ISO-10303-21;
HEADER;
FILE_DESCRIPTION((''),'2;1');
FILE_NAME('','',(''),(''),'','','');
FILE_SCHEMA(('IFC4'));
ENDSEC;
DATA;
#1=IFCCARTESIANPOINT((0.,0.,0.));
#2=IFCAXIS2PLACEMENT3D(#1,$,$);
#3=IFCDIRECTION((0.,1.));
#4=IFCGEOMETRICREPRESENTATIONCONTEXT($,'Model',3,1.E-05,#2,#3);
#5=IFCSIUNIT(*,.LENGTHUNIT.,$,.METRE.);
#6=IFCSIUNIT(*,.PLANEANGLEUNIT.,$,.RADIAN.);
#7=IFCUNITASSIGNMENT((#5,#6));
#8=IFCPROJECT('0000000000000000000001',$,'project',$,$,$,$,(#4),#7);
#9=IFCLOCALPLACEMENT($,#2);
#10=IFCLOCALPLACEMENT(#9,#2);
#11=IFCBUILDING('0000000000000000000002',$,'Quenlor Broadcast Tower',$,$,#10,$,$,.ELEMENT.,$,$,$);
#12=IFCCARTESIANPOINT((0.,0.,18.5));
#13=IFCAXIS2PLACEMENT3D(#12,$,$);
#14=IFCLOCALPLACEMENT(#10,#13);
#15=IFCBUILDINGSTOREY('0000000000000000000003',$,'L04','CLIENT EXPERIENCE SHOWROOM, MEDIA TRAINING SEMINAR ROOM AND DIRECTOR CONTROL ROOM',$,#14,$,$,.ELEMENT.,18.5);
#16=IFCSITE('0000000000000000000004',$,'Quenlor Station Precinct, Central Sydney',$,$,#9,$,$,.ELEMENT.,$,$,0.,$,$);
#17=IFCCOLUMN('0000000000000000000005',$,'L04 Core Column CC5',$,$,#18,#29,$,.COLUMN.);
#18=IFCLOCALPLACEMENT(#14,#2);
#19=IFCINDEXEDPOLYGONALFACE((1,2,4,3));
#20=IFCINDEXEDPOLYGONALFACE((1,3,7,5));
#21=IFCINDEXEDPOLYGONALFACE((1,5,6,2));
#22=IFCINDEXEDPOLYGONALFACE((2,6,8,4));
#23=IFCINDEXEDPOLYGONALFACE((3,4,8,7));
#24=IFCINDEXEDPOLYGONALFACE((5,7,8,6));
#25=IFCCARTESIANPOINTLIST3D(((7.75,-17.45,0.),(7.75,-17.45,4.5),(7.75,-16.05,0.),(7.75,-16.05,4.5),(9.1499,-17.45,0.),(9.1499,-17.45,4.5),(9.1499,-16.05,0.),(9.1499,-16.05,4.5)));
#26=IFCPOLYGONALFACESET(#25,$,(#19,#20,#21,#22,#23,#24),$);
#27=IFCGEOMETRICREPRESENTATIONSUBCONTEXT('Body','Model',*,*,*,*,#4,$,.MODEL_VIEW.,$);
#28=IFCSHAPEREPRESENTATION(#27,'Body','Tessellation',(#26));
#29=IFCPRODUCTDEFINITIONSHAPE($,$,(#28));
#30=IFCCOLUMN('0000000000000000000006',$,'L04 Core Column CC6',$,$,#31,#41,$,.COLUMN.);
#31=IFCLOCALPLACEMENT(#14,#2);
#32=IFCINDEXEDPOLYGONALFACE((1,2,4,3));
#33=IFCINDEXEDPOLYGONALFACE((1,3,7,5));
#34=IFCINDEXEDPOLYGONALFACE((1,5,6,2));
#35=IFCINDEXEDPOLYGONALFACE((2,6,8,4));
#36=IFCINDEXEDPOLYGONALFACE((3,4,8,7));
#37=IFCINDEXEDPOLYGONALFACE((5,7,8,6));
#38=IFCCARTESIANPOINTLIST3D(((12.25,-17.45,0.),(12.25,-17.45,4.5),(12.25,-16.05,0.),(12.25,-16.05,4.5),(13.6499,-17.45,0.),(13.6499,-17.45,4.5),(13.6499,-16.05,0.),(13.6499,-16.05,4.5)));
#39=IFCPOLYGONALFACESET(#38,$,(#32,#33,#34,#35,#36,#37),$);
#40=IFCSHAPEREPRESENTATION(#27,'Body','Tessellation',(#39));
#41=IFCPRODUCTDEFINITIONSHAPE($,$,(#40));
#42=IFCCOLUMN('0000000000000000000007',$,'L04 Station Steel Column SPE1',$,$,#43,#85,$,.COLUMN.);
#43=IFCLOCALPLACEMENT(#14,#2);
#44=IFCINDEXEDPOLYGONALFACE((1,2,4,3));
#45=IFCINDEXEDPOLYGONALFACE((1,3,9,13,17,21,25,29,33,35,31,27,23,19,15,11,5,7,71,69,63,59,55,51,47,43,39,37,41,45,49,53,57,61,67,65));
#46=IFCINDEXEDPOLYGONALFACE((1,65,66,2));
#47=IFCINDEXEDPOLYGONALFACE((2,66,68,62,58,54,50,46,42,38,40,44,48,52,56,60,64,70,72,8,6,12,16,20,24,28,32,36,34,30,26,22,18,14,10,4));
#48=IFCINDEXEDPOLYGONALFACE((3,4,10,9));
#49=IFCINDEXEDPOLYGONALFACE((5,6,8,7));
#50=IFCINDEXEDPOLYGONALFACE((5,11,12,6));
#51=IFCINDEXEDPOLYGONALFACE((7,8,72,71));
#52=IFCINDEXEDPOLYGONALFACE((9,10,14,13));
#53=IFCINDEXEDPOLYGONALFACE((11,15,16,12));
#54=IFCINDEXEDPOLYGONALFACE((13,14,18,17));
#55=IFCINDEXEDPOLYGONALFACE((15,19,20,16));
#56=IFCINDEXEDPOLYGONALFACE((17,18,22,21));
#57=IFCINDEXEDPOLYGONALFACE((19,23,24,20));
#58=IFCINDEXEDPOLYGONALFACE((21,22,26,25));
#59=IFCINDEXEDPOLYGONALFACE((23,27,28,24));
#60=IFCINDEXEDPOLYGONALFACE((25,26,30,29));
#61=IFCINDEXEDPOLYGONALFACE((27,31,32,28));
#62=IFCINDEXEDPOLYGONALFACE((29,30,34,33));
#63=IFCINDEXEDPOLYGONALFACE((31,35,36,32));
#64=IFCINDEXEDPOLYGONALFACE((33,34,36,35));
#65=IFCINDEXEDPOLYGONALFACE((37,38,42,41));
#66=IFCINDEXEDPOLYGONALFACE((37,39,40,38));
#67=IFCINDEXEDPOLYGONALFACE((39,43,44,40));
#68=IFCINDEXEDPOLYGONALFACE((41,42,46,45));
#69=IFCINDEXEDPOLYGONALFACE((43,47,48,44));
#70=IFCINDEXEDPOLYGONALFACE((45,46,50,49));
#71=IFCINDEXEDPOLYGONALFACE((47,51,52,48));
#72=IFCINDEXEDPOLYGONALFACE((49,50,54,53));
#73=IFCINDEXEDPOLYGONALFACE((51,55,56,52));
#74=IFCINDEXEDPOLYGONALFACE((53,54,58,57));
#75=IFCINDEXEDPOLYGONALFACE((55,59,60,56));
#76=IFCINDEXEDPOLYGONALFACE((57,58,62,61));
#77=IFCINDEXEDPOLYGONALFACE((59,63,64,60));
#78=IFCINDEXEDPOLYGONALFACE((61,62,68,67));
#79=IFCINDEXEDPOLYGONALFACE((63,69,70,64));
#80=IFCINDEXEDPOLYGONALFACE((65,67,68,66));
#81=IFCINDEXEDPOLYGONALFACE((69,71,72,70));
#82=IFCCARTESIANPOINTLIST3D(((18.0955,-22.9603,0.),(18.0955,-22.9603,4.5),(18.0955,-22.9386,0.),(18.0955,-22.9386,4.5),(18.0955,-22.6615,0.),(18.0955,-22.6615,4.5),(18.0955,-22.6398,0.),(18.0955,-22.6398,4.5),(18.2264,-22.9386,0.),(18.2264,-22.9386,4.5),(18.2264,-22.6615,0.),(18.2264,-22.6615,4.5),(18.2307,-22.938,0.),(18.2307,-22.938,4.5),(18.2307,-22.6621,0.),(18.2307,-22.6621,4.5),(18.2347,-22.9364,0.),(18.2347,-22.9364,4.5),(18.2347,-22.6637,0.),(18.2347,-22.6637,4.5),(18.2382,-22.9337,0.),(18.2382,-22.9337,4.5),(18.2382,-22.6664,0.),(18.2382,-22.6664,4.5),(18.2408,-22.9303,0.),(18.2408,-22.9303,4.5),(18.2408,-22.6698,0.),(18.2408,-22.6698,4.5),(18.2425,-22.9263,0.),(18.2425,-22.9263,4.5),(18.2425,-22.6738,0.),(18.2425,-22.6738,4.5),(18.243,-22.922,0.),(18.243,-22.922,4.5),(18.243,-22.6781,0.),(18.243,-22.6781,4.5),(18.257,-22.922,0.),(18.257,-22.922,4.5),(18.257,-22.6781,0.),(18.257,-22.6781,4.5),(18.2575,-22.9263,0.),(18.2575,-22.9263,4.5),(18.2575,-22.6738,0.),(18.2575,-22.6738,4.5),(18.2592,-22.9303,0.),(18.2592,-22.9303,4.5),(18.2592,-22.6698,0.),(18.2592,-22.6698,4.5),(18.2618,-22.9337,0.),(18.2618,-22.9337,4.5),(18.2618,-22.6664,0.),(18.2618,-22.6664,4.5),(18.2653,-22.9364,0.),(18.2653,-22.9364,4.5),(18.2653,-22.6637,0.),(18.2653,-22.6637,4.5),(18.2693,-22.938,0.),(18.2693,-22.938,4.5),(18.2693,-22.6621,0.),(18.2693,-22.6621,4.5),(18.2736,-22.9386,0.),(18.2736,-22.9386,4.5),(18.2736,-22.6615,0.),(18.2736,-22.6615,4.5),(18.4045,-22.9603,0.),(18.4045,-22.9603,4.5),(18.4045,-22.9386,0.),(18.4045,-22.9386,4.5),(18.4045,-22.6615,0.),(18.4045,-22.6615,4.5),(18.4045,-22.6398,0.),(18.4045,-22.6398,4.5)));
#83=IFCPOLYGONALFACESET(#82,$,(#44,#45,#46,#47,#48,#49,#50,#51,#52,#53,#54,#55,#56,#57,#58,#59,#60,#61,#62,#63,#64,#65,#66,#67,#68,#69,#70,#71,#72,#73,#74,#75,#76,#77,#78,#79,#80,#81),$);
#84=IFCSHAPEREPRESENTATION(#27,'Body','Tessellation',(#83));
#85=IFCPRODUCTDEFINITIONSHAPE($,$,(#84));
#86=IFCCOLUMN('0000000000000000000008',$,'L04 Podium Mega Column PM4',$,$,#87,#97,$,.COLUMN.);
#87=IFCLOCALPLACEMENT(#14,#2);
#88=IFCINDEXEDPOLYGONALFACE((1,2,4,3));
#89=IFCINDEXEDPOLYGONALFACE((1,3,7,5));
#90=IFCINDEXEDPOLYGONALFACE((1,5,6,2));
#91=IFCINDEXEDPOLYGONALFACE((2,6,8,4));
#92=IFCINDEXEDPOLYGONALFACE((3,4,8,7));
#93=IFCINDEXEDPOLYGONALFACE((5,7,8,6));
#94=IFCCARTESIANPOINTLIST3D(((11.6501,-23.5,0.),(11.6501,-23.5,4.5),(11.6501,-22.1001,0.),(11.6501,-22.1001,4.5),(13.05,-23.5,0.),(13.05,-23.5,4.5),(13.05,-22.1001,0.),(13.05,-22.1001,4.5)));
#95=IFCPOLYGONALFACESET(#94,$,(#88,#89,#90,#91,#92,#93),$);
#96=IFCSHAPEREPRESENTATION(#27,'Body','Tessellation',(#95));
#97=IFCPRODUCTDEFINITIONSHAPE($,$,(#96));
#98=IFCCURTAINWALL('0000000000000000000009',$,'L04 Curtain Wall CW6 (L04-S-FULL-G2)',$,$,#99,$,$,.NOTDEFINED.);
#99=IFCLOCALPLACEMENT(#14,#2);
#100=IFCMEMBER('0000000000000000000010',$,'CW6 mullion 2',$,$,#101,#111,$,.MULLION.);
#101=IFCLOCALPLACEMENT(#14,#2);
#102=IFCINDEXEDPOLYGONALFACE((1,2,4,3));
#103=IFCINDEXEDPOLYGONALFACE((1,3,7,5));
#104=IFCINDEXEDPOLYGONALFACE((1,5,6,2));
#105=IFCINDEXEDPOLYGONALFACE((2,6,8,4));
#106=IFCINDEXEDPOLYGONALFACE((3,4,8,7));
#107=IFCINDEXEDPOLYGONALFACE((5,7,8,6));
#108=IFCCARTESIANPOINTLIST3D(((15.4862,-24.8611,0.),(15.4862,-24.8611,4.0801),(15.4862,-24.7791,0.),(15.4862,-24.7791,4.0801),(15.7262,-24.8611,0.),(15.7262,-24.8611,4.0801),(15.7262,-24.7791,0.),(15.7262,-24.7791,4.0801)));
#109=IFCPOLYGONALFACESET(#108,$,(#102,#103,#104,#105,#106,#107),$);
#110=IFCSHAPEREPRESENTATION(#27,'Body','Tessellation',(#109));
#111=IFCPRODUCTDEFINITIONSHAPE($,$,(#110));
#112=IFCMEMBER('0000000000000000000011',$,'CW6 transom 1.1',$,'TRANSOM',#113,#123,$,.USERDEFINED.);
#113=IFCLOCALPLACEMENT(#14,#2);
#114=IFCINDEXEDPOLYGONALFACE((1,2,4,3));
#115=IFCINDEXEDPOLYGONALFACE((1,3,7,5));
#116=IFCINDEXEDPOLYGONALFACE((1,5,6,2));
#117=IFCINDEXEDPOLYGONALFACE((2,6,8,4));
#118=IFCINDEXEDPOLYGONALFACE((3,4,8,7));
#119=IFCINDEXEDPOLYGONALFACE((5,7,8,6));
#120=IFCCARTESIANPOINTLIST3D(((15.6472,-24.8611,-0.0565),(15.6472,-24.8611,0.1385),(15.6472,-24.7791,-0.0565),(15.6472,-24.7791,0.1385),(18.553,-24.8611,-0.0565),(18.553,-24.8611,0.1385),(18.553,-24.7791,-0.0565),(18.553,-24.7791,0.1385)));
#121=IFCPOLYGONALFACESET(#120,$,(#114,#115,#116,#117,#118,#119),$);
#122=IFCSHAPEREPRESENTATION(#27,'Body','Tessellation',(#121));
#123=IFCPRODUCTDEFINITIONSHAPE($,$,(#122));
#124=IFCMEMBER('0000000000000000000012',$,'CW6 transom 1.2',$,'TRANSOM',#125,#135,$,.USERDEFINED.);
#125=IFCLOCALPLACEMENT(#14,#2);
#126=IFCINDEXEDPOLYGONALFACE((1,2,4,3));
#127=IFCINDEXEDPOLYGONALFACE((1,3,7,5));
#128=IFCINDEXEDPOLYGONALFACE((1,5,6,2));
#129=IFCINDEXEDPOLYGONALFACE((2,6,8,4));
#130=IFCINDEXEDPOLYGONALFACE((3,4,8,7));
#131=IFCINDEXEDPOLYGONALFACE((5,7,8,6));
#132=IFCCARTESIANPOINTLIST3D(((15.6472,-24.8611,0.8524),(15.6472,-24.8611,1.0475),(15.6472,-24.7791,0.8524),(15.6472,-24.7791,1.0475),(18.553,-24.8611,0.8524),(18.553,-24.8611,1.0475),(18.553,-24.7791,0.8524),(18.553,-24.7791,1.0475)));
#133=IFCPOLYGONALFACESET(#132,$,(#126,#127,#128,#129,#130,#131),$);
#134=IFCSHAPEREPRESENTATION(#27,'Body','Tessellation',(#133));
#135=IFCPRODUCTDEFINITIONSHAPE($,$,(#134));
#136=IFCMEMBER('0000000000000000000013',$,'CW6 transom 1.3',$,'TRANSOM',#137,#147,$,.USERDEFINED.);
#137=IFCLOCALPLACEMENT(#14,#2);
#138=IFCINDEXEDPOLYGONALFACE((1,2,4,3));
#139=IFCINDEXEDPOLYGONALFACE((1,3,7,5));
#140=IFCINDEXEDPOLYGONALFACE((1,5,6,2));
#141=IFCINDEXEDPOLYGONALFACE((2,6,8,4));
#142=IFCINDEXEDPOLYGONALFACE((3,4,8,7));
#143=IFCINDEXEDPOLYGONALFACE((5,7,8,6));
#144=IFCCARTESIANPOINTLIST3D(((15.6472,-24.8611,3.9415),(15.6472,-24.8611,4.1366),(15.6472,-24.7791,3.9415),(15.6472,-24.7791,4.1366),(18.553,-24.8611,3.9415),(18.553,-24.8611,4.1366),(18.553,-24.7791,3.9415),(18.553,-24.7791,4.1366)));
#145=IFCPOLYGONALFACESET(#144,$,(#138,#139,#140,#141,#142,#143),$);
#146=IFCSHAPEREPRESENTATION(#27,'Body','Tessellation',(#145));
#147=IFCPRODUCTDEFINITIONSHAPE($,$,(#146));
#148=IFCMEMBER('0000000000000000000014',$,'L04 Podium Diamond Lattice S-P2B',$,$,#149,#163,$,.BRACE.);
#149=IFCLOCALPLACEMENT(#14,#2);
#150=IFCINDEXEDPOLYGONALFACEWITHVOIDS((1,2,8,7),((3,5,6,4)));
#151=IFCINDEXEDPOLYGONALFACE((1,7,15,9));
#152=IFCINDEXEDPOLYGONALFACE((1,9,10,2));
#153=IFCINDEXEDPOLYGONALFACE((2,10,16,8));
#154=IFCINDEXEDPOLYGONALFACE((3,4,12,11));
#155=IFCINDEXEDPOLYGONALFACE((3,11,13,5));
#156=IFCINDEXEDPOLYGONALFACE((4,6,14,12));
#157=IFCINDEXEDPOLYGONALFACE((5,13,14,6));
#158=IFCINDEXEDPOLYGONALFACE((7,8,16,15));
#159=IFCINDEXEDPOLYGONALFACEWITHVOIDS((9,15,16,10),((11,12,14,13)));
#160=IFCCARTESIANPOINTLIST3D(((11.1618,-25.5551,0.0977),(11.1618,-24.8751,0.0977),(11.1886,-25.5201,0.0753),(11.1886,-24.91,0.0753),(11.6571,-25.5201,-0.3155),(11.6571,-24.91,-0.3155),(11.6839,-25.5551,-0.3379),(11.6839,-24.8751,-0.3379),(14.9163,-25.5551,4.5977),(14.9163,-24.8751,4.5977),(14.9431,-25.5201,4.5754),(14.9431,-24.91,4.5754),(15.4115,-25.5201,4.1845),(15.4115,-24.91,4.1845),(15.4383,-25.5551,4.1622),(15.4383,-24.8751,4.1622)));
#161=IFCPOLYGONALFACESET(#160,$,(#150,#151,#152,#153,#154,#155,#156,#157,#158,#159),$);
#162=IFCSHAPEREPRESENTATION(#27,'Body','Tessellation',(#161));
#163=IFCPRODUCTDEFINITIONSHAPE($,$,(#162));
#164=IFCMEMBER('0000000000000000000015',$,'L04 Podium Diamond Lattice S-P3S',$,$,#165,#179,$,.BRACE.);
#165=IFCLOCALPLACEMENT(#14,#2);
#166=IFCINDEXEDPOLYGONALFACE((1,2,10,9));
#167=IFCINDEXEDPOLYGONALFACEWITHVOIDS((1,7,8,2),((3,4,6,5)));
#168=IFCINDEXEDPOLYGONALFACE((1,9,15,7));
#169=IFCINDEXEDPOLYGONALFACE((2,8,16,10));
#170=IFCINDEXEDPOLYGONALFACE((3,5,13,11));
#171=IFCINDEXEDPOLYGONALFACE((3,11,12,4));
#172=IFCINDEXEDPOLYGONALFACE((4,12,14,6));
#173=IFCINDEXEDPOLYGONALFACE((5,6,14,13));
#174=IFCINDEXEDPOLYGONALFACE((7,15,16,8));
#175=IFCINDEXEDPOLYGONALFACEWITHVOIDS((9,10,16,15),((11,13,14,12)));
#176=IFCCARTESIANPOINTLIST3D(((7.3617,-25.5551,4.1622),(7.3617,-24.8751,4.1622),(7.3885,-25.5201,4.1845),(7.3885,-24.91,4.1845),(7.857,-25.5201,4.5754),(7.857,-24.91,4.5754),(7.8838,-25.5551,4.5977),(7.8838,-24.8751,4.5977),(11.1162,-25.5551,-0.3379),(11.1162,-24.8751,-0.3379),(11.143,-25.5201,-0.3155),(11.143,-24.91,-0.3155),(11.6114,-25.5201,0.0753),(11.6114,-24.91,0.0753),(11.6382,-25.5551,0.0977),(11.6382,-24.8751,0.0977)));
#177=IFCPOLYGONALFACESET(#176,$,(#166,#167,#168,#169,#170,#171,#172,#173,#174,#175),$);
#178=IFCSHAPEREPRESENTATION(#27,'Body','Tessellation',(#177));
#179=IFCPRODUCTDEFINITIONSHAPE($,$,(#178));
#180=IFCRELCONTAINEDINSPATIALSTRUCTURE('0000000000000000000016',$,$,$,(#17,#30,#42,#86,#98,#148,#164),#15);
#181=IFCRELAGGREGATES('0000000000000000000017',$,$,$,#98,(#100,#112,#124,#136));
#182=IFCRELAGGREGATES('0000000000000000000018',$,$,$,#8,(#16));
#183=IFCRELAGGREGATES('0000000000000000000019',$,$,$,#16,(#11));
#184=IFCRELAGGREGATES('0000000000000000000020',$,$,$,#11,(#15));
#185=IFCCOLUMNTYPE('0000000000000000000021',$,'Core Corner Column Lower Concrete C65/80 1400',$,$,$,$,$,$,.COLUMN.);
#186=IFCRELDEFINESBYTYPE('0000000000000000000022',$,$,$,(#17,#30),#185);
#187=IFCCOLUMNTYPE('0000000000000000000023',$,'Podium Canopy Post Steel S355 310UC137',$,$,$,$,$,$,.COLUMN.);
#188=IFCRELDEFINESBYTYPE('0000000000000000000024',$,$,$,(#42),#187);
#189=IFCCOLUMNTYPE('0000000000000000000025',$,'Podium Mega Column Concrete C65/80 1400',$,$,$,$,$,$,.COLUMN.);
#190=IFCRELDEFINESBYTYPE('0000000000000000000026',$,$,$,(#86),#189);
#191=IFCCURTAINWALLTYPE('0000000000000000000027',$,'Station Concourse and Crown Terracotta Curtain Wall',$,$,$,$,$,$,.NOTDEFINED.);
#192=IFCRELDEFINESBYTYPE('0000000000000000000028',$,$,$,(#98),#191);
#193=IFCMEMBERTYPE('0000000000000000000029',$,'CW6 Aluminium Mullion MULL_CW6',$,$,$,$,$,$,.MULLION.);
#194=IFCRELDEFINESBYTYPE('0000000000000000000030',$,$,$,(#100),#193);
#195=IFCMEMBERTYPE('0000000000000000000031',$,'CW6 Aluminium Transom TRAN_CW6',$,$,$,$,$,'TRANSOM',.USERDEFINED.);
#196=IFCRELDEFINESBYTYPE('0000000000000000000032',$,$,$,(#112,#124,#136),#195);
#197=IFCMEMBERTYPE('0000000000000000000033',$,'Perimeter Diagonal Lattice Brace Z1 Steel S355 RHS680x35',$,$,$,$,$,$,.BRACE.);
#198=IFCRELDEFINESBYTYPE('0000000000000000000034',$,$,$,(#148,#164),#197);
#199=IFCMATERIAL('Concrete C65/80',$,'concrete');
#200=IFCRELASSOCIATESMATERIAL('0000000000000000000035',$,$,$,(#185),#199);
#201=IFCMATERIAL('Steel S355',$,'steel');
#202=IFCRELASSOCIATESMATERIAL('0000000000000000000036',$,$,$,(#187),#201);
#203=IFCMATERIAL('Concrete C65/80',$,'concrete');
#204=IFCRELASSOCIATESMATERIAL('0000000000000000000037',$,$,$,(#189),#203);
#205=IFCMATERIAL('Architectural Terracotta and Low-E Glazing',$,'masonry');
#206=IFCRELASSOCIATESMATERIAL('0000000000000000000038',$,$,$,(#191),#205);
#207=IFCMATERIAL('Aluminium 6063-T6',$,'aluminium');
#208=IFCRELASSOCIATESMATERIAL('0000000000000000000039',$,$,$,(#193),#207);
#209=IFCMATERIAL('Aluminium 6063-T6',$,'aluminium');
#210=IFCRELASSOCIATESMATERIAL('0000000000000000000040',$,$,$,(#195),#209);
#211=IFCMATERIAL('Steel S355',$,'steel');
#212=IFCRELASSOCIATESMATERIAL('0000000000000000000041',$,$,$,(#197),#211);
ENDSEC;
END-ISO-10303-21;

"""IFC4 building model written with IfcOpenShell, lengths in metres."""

from ifc_helpers import new_model, si_unit, direction, frame, origin, origin_2d, place, context, subcontext, project, spatial, rectangle, hollow_rectangle, i_section, extrude, material, material_profile, profile_set, type_object, element, aggregate, save


model = new_model("IFC4")

# Units and contexts
model_context = context("Model", 3, precision=1e-05, world=origin(), true_north=direction((0.0, 1.0)))
body_context = subcontext(model_context, "Body", "Model", "MODEL_VIEW")
ifc_project = project(units=[si_unit("LENGTHUNIT", "METRE"), si_unit("PLANEANGLEUNIT", "RADIAN")], contexts=[model_context])

# Site, building, storey
site_placement = place(None, origin())
site = spatial("IfcSite", under=ifc_project, at=site_placement, Name="Quenlor Station Precinct, Central Sydney", CompositionType="ELEMENT", RefElevation=0.0)
building_placement = place(site_placement, origin())
building = spatial("IfcBuilding", under=site, at=building_placement, Name="Quenlor Broadcast Tower", CompositionType="ELEMENT")
storey_placement = place(building_placement, frame((0.0, 0.0, 18.5)))
storey = spatial("IfcBuildingStorey", under=building, at=storey_placement, Name="L04", Description="CLIENT EXPERIENCE SHOWROOM, MEDIA TRAINING SEMINAR ROOM AND DIRECTOR CONTROL ROOM", CompositionType="ELEMENT", Elevation=18.5)

# Columns
ifc_material_1 = material(Name="Concrete C65/80", Category="concrete")
ifc_material_profile_1 = material_profile(ifc_material_1, rectangle(XDim=1.3999, YDim=1.3999, at=origin_2d()))
ifc_profile_set_1 = profile_set([ifc_material_profile_1], Name="Concrete C65/80 RC1400x1400")
column_type_1 = type_object("IfcColumnType", Name="Core Corner Column Lower Concrete C65/80 1400", PredefinedType="COLUMN", material=ifc_profile_set_1)
for number, where, z_axis, x_axis, name in (
    (1, (8.45, -16.75, 0.0), (0.0, 0.0, 1.0), (1.0, 0.0, 0.0), "L04 Core Column CC5"),
    (2, (12.95, -16.75, 0.0), (0.0, 0.0, 1.0), (1.0, 0.0, 0.0), "L04 Core Column CC6"),
):
    element("IfcColumn", number, at=place(storey_placement, frame(where, z_axis=z_axis, x_axis=x_axis)), inside=storey, type_object=column_type_1, Name=name, PredefinedType="COLUMN", context=body_context, shape_type="SweptSolid", body=[
        extrude(rectangle(XDim=1.3999, YDim=1.3999, at=origin_2d()), origin(), (0.0, 0.0, 1.0), 4.5),
    ])
ifc_material_2 = material(Name="Steel S355", Category="steel")
ifc_material_profile_2 = material_profile(ifc_material_2, i_section(OverallWidth=0.3091, OverallDepth=0.3206, WebThickness=0.0139, FlangeThickness=0.0217, FilletRadius=0.0166, at=origin_2d()))
ifc_profile_set_2 = profile_set([ifc_material_profile_2], Name="Steel S355 310UC137")
column_type_2 = type_object("IfcColumnType", Name="Podium Canopy Post Steel S355 310UC137", PredefinedType="COLUMN", material=ifc_profile_set_2)
column_1_placement = place(storey_placement, frame((18.25, -22.8, 0.0), z_axis=(0.0, 0.0, 1.0), x_axis=(1.0, 0.0, 0.0)))
element("IfcColumn", 3, at=column_1_placement, inside=storey, type_object=column_type_2, Name="L04 Station Steel Column SPE1", PredefinedType="COLUMN", context=body_context, shape_type="SweptSolid", body=[
    extrude(i_section(OverallWidth=0.3091, OverallDepth=0.3206, WebThickness=0.0139, FlangeThickness=0.0217, FilletRadius=0.0166, at=origin_2d()), origin(), (0.0, 0.0, 1.0), 4.5),
])
ifc_material_3 = material(Name="Concrete C65/80", Category="concrete")
ifc_material_profile_3 = material_profile(ifc_material_3, rectangle(XDim=1.3999, YDim=1.3999, at=origin_2d()))
ifc_profile_set_3 = profile_set([ifc_material_profile_3], Name="Concrete C65/80 RC1400x1400")
column_type_3 = type_object("IfcColumnType", Name="Podium Mega Column Concrete C65/80 1400", PredefinedType="COLUMN", material=ifc_profile_set_3)
column_2_placement = place(storey_placement, frame((12.3501, -22.8, 0.0), z_axis=(0.0, 0.0, 1.0), x_axis=(1.0, 0.0, 0.0)))
element("IfcColumn", 4, at=column_2_placement, inside=storey, type_object=column_type_3, Name="L04 Podium Mega Column PM4", PredefinedType="COLUMN", context=body_context, shape_type="SweptSolid", body=[
    extrude(rectangle(XDim=1.3999, YDim=1.3999, at=origin_2d()), origin(), (0.0, 0.0, 1.0), 4.5),
])

# Curtain wall, members
ifc_material_4 = material(Name="Architectural Terracotta and Low-E Glazing", Category="masonry")
curtain_wall_type = type_object("IfcCurtainWallType", Name="Station Concourse and Crown Terracotta Curtain Wall", PredefinedType="NOTDEFINED", material=ifc_material_4)
curtain_wall_placement = place(storey_placement, origin())
curtain_wall = element("IfcCurtainWall", 5, at=curtain_wall_placement, inside=storey, type_object=curtain_wall_type, Name="L04 Curtain Wall CW6 (L04-S-FULL-G2)", PredefinedType="NOTDEFINED")
ifc_material_5 = material(Name="Aluminium 6063-T6", Category="aluminium")
ifc_material_profile_4 = material_profile(ifc_material_5, rectangle(XDim=0.082, YDim=0.24, at=origin_2d()))
ifc_profile_set_4 = profile_set([ifc_material_profile_4], Name="Aluminium 6063-T6 MULL82x240")
member_type_1 = type_object("IfcMemberType", Name="CW6 Aluminium Mullion MULL_CW6", PredefinedType="MULLION", material=ifc_profile_set_4)
member_1_placement = place(storey_placement, frame((15.6062, -24.8201, 0.0), z_axis=(0.0, 0.0, 1.0), x_axis=(0.0, -1.0, 0.0)))
member_1 = element("IfcMember", 6, at=member_1_placement, type_object=member_type_1, Name="CW6 mullion 2", PredefinedType="MULLION", context=body_context, shape_type="SweptSolid", body=[
    extrude(rectangle(XDim=0.082, YDim=0.24, at=origin_2d()), origin(), (0.0, 0.0, 1.0), 4.0801),
])
ifc_material_6 = material(Name="Aluminium 6063-T6", Category="aluminium")
ifc_material_profile_5 = material_profile(ifc_material_6, rectangle(XDim=0.082, YDim=0.1951, at=origin_2d()))
ifc_profile_set_5 = profile_set([ifc_material_profile_5], Name="Aluminium 6063-T6 TRAN82x195")
member_type_2 = type_object("IfcMemberType", Name="CW6 Aluminium Transom TRAN_CW6", ElementType="TRANSOM", PredefinedType="USERDEFINED", material=ifc_profile_set_5)
member_2_placement = place(storey_placement, frame((18.553, -24.8201, 0.041), z_axis=(-1.0, 0.0, 0.0), x_axis=(0.0, -1.0, 0.0)))
member_2 = element("IfcMember", 7, at=member_2_placement, type_object=member_type_2, Name="CW6 transom 1.1", ObjectType="TRANSOM", PredefinedType="USERDEFINED", context=body_context, shape_type="SweptSolid", body=[
    extrude(rectangle(XDim=0.082, YDim=0.1951, at=origin_2d()), origin(), (0.0, 0.0, 1.0), 2.9058),
])
member_3_placement = place(storey_placement, frame((18.553, -24.8201, 0.95), z_axis=(-1.0, 0.0, 0.0), x_axis=(0.0, -1.0, 0.0)))
member_3 = element("IfcMember", 8, at=member_3_placement, type_object=member_type_2, Name="CW6 transom 1.2", ObjectType="TRANSOM", PredefinedType="USERDEFINED", context=body_context, shape_type="SweptSolid", body=[
    extrude(rectangle(XDim=0.082, YDim=0.1951, at=origin_2d()), origin(), (0.0, 0.0, 1.0), 2.9058),
])
member_4_placement = place(storey_placement, frame((18.553, -24.8201, 4.0391), z_axis=(-1.0, 0.0, 0.0), x_axis=(0.0, -1.0, 0.0)))
member_4 = element("IfcMember", 9, at=member_4_placement, type_object=member_type_2, Name="CW6 transom 1.3", ObjectType="TRANSOM", PredefinedType="USERDEFINED", context=body_context, shape_type="SweptSolid", body=[
    extrude(rectangle(XDim=0.082, YDim=0.1951, at=origin_2d()), origin(), (0.0, 0.0, 1.0), 2.9058),
])

# Members
ifc_material_7 = material(Name="Steel S355", Category="steel")
ifc_material_profile_6 = material_profile(ifc_material_7, hollow_rectangle(XDim=0.6799, YDim=0.6799, WallThickness=0.0349, at=origin_2d()))
ifc_profile_set_6 = profile_set([ifc_material_profile_6], Name="Steel S355 RHS680x680x35")
member_type_3 = type_object("IfcMemberType", Name="Perimeter Diagonal Lattice Brace Z1 Steel S355 RHS680x35", PredefinedType="BRACE", material=ifc_profile_set_6)
for number, where, z_axis, x_axis, name in (
    (10, (11.4229, -25.2151, -0.1201), (0.640627, 0.0, 0.767852), (0.0, 1.0, 0.0), "L04 Podium Diamond Lattice S-P2B"),
    (11, (11.3772, -25.2151, -0.1201), (-0.640627, 0.0, 0.767852), (0.0, -1.0, 0.0), "L04 Podium Diamond Lattice S-P3S"),
):
    element("IfcMember", number, at=place(storey_placement, frame(where, z_axis=z_axis, x_axis=x_axis)), inside=storey, type_object=member_type_3, Name=name, PredefinedType="BRACE", context=body_context, shape_type="SweptSolid", body=[
        extrude(hollow_rectangle(XDim=0.6799, YDim=0.6799, WallThickness=0.0349, at=origin_2d()), origin(), (0.0, 0.0, 1.0), 5.8606),
    ])

aggregate(curtain_wall, [member_1, member_2, member_3, member_4])

save(model, "model.ifc")
